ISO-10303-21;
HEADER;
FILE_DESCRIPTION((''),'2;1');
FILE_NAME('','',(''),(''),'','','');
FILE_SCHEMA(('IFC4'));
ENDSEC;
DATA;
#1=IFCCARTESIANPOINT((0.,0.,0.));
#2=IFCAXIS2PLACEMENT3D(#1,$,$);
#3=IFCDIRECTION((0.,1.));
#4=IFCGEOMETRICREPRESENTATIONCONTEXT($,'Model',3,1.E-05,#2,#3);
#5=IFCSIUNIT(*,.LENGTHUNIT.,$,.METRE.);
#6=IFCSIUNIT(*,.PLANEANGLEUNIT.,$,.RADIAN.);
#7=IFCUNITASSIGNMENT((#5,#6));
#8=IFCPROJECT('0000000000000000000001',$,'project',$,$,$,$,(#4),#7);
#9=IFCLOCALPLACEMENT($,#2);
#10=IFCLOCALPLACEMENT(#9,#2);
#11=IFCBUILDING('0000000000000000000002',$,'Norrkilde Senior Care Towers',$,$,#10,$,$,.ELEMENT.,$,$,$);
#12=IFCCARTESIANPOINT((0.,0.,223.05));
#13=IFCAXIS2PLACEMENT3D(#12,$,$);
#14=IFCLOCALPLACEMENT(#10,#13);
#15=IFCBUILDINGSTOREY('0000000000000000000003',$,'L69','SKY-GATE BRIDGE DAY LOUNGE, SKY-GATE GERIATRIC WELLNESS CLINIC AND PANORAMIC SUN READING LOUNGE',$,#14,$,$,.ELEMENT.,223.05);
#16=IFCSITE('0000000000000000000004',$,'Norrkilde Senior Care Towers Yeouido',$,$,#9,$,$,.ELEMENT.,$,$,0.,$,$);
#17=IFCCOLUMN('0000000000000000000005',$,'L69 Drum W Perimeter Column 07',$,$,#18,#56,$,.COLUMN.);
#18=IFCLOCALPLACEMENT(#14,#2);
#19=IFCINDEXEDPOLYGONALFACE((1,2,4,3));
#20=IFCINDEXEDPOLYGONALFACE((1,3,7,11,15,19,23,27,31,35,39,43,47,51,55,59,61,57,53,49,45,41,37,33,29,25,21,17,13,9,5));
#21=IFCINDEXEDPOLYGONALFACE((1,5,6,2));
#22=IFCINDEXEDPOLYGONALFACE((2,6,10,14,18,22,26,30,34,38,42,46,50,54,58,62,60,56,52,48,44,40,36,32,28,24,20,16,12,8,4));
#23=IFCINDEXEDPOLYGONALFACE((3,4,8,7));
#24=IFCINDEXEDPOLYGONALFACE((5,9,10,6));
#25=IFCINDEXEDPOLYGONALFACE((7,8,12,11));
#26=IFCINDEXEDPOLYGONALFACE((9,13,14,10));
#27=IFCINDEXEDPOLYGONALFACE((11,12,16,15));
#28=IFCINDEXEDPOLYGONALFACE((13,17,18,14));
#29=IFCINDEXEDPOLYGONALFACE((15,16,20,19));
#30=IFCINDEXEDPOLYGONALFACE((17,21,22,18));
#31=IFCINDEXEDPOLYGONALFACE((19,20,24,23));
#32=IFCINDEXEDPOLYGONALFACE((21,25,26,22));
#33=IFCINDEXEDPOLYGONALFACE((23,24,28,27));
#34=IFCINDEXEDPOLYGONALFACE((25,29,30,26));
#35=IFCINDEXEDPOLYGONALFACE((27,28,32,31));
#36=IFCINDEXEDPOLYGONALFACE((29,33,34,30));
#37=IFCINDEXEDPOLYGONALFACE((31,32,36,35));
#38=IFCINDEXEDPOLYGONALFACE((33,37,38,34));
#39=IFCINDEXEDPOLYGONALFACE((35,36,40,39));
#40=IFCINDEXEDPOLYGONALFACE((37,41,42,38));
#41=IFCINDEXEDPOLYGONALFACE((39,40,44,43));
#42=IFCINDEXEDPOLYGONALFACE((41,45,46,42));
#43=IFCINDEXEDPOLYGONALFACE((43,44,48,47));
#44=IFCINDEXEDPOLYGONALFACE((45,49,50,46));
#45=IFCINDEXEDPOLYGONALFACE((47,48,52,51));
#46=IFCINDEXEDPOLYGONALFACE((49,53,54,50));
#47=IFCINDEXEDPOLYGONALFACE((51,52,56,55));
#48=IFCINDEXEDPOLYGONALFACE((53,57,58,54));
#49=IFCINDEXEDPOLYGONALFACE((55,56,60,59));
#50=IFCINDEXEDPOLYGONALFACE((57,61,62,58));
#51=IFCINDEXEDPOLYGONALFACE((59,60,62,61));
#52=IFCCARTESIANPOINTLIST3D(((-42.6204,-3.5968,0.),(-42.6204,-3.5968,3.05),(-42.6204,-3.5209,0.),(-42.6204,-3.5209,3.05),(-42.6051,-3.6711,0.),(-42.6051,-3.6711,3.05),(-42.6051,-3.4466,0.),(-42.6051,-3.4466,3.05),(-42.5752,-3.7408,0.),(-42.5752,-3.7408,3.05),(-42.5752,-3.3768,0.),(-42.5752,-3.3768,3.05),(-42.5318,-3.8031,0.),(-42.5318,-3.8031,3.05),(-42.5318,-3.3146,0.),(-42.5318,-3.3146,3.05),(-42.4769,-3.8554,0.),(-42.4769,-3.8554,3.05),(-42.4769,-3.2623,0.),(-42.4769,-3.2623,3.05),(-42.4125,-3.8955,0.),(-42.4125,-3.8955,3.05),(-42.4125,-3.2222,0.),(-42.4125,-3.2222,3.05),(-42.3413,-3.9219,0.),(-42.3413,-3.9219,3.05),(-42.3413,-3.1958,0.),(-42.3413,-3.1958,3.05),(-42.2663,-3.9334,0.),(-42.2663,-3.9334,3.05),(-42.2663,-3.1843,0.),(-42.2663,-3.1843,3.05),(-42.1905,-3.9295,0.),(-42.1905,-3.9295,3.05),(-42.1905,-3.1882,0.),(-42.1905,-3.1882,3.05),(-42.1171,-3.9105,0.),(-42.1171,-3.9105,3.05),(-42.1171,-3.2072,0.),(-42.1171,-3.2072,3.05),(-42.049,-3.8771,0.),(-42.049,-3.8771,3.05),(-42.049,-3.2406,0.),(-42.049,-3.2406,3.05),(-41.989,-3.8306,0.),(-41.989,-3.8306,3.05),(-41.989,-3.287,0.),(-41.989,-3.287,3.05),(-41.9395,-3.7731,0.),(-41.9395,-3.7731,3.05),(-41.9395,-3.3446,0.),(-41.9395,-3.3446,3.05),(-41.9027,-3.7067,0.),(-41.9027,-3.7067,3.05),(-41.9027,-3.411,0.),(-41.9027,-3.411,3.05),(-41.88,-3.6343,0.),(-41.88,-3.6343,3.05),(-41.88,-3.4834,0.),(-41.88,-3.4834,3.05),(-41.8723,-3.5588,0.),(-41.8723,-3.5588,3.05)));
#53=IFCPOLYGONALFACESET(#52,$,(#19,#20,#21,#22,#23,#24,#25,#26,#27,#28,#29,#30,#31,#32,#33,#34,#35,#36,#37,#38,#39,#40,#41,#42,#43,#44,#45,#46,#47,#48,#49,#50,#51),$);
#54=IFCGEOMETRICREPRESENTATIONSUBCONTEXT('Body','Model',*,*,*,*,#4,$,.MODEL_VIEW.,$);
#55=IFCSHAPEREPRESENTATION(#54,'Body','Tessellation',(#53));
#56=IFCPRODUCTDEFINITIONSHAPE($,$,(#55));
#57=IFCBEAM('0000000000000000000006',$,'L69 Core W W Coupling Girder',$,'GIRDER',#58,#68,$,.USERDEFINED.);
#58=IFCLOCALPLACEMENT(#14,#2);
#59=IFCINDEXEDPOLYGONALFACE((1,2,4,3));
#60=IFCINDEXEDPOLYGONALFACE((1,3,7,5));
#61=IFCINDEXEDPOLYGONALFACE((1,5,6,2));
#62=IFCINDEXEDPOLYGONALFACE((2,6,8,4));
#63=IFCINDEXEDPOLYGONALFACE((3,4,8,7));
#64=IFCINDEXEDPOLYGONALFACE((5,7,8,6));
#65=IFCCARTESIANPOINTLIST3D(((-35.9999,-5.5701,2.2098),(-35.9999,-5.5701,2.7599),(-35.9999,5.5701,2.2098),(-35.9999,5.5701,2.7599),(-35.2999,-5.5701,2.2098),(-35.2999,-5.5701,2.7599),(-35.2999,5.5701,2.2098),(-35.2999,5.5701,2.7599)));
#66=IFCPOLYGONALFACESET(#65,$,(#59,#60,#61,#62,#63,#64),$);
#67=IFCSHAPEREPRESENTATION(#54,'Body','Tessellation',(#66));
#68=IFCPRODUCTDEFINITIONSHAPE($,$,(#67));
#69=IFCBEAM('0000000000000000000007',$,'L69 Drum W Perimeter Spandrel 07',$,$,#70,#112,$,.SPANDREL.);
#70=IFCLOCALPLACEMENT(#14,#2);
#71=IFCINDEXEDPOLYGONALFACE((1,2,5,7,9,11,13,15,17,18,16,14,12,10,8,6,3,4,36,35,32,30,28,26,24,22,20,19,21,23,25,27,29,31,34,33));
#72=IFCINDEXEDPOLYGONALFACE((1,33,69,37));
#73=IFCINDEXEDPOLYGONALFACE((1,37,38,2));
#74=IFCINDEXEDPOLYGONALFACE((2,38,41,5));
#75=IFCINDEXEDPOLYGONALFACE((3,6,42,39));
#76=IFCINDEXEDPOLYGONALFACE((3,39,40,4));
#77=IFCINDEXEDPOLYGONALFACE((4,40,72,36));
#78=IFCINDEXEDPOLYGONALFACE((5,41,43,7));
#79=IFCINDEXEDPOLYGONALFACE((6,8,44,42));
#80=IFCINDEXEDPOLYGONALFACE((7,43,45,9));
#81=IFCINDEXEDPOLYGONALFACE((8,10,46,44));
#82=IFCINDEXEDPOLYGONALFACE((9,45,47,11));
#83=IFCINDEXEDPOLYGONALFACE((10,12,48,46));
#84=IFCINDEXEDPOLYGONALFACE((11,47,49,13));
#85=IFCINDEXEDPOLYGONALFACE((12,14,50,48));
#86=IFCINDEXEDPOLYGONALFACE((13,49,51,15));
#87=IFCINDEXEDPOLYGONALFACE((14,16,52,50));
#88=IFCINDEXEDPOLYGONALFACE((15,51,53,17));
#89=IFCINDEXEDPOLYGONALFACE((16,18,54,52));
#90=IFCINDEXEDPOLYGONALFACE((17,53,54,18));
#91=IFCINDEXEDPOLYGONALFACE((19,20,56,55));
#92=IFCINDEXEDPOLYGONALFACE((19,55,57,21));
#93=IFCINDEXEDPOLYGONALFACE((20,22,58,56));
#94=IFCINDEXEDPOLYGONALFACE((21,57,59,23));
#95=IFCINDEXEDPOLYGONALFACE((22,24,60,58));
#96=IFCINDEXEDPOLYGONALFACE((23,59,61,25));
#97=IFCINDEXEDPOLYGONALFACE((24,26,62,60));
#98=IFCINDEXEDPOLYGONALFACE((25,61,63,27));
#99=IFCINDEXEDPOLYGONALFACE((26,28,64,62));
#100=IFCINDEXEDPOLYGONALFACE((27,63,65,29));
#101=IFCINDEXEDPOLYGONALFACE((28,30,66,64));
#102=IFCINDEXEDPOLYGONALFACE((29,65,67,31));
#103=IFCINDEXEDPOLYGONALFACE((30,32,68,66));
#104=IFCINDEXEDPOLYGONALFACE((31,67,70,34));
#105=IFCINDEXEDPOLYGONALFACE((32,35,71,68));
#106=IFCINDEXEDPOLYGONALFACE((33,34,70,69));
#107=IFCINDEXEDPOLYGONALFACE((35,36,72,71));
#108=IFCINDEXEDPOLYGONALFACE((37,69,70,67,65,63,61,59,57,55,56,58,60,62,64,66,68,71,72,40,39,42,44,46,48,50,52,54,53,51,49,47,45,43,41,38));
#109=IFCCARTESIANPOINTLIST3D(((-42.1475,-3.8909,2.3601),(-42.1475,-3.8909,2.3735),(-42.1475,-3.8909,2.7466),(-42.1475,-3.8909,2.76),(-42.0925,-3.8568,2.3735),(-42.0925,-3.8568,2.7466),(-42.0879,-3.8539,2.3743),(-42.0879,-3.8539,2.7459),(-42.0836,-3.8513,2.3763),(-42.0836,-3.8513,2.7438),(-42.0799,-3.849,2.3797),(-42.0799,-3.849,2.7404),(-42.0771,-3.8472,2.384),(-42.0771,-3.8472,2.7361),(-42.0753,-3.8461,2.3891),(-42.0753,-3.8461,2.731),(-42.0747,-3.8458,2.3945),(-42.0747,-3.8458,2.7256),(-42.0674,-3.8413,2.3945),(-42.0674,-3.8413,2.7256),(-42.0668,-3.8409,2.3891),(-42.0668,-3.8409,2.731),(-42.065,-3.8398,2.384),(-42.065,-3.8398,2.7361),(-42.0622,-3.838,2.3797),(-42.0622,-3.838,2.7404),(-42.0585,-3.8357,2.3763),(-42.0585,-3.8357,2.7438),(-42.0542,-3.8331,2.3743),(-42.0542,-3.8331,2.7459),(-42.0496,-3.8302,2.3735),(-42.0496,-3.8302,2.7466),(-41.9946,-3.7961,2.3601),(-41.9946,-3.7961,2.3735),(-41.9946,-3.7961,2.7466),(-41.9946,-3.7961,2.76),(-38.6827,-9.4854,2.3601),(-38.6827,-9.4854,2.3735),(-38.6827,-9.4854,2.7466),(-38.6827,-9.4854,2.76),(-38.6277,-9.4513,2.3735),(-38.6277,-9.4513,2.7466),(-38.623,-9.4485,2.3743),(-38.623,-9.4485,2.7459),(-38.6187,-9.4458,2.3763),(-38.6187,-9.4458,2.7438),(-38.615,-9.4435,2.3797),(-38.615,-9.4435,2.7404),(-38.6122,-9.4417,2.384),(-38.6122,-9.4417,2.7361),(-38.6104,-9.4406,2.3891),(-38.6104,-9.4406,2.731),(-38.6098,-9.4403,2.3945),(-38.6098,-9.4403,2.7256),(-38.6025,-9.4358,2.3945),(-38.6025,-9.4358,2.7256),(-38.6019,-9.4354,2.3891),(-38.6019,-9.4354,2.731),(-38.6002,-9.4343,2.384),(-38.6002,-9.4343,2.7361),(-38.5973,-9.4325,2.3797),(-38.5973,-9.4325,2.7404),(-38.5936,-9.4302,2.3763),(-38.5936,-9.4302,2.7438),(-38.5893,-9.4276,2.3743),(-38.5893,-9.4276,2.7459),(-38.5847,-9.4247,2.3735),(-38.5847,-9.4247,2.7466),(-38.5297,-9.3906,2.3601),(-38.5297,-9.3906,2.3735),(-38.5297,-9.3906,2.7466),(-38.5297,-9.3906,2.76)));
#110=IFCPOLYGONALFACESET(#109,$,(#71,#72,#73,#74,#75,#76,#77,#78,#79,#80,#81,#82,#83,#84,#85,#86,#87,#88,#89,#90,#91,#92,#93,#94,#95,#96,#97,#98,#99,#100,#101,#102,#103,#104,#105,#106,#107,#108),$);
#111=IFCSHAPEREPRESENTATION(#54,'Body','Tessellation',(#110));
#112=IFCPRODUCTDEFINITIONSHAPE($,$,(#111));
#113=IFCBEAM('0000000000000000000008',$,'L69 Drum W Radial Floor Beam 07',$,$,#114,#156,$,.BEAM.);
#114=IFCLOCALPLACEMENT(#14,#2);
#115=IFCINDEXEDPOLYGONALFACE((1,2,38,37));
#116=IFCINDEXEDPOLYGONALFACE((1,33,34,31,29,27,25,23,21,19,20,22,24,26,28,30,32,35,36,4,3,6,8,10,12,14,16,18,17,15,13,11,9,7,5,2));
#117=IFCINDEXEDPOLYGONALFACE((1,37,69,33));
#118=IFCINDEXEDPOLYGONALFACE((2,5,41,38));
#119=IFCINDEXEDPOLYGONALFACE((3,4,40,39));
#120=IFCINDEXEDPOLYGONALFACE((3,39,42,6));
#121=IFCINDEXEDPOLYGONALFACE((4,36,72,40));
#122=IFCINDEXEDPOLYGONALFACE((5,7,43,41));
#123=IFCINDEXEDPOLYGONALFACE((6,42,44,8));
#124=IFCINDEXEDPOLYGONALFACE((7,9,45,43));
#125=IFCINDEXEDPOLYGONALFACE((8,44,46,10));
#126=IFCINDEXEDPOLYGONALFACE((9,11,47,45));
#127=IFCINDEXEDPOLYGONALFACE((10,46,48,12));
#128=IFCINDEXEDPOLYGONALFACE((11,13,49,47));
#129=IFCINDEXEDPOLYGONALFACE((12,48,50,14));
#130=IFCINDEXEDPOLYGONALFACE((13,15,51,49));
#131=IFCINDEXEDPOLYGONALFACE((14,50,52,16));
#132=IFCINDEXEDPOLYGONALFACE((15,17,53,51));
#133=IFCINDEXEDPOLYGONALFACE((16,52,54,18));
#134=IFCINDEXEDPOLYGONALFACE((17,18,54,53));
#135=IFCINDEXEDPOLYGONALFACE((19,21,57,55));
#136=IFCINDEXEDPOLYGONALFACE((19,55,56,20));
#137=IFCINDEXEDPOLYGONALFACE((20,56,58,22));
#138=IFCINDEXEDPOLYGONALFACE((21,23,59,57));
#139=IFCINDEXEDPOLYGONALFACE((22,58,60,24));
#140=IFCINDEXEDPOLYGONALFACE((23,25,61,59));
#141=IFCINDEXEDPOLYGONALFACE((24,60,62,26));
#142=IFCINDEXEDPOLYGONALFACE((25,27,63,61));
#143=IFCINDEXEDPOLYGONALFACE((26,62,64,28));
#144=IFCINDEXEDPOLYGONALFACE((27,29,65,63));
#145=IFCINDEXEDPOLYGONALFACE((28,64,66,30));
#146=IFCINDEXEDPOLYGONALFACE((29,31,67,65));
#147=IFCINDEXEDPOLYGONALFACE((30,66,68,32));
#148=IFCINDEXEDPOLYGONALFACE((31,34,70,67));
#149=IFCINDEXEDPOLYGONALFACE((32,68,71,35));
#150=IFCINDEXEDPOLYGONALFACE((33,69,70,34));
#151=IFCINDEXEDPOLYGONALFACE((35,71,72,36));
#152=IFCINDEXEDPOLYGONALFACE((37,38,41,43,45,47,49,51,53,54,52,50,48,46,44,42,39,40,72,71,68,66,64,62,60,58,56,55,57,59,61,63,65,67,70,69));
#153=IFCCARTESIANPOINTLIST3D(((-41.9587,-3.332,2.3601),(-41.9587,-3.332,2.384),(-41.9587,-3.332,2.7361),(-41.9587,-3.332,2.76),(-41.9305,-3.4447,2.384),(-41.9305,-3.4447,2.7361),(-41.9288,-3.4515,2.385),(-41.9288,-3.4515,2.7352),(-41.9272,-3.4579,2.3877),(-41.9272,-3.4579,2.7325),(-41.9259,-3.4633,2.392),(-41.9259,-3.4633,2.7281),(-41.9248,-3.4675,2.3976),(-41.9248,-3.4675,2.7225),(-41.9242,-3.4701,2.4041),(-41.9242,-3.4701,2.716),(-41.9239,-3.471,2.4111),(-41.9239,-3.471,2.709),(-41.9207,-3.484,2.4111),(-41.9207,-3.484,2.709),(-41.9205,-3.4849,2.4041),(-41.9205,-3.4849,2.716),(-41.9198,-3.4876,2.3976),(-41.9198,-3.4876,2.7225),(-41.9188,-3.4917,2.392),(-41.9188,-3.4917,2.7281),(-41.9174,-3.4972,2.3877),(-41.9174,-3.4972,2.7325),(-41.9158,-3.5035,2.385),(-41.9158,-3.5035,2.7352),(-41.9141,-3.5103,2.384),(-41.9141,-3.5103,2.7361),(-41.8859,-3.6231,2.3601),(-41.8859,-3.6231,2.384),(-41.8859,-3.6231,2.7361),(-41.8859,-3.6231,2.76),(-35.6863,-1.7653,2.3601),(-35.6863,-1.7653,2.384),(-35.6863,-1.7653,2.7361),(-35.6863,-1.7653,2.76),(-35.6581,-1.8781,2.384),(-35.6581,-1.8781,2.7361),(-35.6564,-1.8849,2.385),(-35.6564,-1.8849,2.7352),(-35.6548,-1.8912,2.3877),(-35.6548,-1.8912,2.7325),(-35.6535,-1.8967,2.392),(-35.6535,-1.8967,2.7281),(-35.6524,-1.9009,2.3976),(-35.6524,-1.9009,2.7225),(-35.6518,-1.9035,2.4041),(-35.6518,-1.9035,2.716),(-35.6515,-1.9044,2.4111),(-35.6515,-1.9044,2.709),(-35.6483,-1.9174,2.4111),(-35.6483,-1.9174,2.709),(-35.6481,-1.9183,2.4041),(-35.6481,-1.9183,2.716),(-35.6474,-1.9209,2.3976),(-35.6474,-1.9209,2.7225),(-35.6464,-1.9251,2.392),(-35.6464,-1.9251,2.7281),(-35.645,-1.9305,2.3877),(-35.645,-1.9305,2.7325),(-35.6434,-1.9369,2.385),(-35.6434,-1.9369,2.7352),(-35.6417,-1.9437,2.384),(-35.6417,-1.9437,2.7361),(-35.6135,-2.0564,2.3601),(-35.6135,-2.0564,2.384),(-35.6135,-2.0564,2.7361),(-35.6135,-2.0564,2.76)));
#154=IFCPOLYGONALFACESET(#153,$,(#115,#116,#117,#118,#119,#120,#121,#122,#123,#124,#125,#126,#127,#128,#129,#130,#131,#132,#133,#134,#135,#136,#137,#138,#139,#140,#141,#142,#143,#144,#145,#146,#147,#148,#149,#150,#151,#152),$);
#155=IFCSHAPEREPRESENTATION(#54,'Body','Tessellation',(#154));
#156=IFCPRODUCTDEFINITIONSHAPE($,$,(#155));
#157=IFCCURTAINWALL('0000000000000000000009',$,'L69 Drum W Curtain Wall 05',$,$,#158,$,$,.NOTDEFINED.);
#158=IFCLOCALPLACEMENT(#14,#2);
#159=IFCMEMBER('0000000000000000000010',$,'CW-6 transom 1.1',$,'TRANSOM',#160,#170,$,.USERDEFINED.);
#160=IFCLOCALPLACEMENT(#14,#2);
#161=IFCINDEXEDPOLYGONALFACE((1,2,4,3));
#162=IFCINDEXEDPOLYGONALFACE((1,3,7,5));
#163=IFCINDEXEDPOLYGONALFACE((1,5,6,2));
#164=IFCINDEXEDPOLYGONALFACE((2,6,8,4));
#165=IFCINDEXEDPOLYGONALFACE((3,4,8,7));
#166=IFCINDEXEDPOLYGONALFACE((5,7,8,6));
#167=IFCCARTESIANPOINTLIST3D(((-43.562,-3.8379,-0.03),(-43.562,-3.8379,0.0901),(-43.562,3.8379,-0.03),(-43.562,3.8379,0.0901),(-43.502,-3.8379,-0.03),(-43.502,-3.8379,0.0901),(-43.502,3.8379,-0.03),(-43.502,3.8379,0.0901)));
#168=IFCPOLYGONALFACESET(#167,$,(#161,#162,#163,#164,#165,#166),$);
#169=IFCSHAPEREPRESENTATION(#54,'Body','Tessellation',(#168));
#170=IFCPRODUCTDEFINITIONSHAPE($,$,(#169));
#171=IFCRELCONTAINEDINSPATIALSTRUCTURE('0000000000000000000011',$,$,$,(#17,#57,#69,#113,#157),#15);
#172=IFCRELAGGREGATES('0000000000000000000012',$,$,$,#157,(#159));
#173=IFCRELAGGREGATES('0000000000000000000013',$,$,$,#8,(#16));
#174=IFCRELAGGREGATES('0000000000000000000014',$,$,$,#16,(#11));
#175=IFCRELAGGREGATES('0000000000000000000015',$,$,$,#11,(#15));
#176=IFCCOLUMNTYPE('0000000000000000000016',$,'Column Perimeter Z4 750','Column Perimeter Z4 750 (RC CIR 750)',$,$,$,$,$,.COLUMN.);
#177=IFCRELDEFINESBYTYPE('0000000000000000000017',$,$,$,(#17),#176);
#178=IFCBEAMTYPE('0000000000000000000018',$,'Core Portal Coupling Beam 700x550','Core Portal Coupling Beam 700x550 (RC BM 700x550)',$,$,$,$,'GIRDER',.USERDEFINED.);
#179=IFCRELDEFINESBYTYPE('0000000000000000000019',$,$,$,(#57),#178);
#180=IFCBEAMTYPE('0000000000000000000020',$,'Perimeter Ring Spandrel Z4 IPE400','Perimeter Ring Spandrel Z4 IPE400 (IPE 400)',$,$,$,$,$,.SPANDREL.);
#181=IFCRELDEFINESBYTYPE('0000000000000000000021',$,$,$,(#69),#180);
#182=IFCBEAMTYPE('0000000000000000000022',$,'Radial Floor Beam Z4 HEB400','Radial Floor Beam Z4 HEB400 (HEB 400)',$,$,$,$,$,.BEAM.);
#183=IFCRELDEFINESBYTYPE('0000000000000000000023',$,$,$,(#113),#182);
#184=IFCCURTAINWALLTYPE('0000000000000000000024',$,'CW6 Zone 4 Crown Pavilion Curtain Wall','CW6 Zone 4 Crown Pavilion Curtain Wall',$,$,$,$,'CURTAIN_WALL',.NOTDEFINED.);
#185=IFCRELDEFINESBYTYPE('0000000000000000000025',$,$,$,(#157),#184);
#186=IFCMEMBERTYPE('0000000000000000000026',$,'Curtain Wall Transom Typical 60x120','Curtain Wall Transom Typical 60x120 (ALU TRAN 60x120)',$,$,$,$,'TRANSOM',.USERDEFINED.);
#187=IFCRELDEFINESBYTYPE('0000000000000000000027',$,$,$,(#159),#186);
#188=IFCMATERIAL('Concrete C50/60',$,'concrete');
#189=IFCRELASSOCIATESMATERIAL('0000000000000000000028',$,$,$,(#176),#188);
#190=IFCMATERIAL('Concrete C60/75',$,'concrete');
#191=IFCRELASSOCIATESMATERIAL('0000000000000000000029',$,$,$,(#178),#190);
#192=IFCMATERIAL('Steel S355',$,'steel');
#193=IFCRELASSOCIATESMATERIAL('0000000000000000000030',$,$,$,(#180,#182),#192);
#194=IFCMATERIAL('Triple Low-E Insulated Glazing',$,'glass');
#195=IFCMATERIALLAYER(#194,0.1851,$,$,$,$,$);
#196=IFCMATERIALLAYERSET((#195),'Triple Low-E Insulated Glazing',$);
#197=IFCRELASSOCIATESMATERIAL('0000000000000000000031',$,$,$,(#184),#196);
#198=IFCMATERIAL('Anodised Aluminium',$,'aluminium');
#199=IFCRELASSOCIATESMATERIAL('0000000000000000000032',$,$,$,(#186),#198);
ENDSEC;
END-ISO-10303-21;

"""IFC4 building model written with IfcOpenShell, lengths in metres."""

from ifc_helpers import new_model, si_unit, direction, frame, origin, origin_2d, place, context, subcontext, project, spatial, rectangle, circle, i_section, extrude, source, transform, mapped, material, layer, layer_set, material_profile, profile_set, type_object, type_shapes, element, aggregate, save


model = new_model("IFC4")

# Units and contexts
model_context = context("Model", 3, precision=1e-05, world=origin(), true_north=direction((0.0, 1.0)))
body_context = subcontext(model_context, "Body", "Model", "MODEL_VIEW")
ifc_project = project(units=[si_unit("LENGTHUNIT", "METRE"), si_unit("PLANEANGLEUNIT", "RADIAN")], contexts=[model_context])

# Site, building, storey
site_placement = place(None, origin())
site = spatial("IfcSite", under=ifc_project, at=site_placement, Name="Norrkilde Senior Care Towers Yeouido", CompositionType="ELEMENT", RefElevation=0.0)
building_placement = place(site_placement, origin())
building = spatial("IfcBuilding", under=site, at=building_placement, Name="Norrkilde Senior Care Towers", CompositionType="ELEMENT")
storey_placement = place(building_placement, frame((0.0, 0.0, 223.05)))
storey = spatial("IfcBuildingStorey", under=building, at=storey_placement, Name="L69", Description="SKY-GATE BRIDGE DAY LOUNGE, SKY-GATE GERIATRIC WELLNESS CLINIC AND PANORAMIC SUN READING LOUNGE", CompositionType="ELEMENT", Elevation=223.05)

# Column
ifc_material_1 = material(Name="Concrete C50/60", Category="concrete")
ifc_material_profile_1 = material_profile(ifc_material_1, circle(Radius=0.375, at=origin_2d()), Name="RC CIR 750")
ifc_profile_set_1 = profile_set([ifc_material_profile_1], Name="Concrete C50/60")
column_type = type_object("IfcColumnType", Name="Column Perimeter Z4 750", Description="Column Perimeter Z4 750 (RC CIR 750)", PredefinedType="COLUMN", material=ifc_profile_set_1)
shared_shape_1 = source(origin(), body_context, "Body", "SweptSolid", [
    extrude(circle(Radius=0.375, at=origin_2d()), origin(), (0.0, 0.0, 1.0), 3.05),
])
type_shapes(column_type, [shared_shape_1])
column_placement = place(storey_placement, frame((-42.2473, -3.5588, 0.0), z_axis=(0.0, 0.0, 1.0), x_axis=(1.0, 0.0, 0.0)))
element("IfcColumn", 1, at=column_placement, inside=storey, type_object=column_type, Name="L69 Drum W Perimeter Column 07", PredefinedType="COLUMN", context=body_context, shape_type="MappedRepresentation", body=[
    mapped(shared_shape_1, transform((0.0, 0.0, 0.0), x_axis=(1.0, 0.0, 0.0), y_axis=(0.0, 1.0, 0.0), z_axis=(0.0, 0.0, 1.0), scale=1.0)),
])

# Beams
ifc_material_2 = material(Name="Concrete C60/75", Category="concrete")
ifc_material_profile_2 = material_profile(ifc_material_2, rectangle(XDim=0.7, YDim=0.55, at=origin_2d()), Name="RC BM 700x550")
ifc_profile_set_2 = profile_set([ifc_material_profile_2], Name="Concrete C60/75")
beam_type_1 = type_object("IfcBeamType", Name="Core Portal Coupling Beam 700x550", Description="Core Portal Coupling Beam 700x550 (RC BM 700x550)", ElementType="GIRDER", PredefinedType="USERDEFINED", material=ifc_profile_set_2)
shared_shape_2 = source(origin(), body_context, "Body", "SweptSolid", [
    extrude(rectangle(XDim=0.7, YDim=0.55, at=origin_2d()), origin(), (0.0, 0.0, 1.0), 11.1401),
])
type_shapes(beam_type_1, [shared_shape_2])
beam_1_placement = place(storey_placement, frame((-35.6499, -5.5701, 2.4849), z_axis=(0.0, 1.0, 0.0), x_axis=(-1.0, 0.0, 0.0)))
element("IfcBeam", 2, at=beam_1_placement, inside=storey, type_object=beam_type_1, Name="L69 Core W W Coupling Girder", ObjectType="GIRDER", PredefinedType="USERDEFINED", context=body_context, shape_type="MappedRepresentation", body=[
    mapped(shared_shape_2, transform((0.0, 0.0, 0.0), x_axis=(1.0, 0.0, 0.0), y_axis=(0.0, 1.0, 0.0), z_axis=(0.0, 0.0, 1.0), scale=1.0)),
])
ifc_material_3 = material(Name="Steel S355", Category="steel")
ifc_material_profile_3 = material_profile(ifc_material_3, i_section(OverallWidth=0.1799, OverallDepth=0.3999, WebThickness=0.0085, FlangeThickness=0.0134, FilletRadius=0.021, at=origin_2d()), Name="IPE 400")
ifc_profile_set_3 = profile_set([ifc_material_profile_3], Name="Steel S355")
beam_type_2 = type_object("IfcBeamType", Name="Perimeter Ring Spandrel Z4 IPE400", Description="Perimeter Ring Spandrel Z4 IPE400 (IPE 400)", PredefinedType="SPANDREL", material=ifc_profile_set_3)
shared_shape_3 = source(origin(), body_context, "Body", "SweptSolid", [
    extrude(i_section(OverallWidth=0.1799, OverallDepth=0.3999, WebThickness=0.0085, FlangeThickness=0.0134, FilletRadius=0.021, at=origin_2d()), origin(), (0.0, 0.0, 1.0), 6.5806),
])
type_shapes(beam_type_2, [shared_shape_3])
beam_2_placement = place(storey_placement, frame((-42.071, -3.8435, 2.5601), z_axis=(0.52653, -0.850157, 0.0), x_axis=(0.850157, 0.52653, 0.0)))
element("IfcBeam", 3, at=beam_2_placement, inside=storey, type_object=beam_type_2, Name="L69 Drum W Perimeter Spandrel 07", PredefinedType="SPANDREL", context=body_context, shape_type="MappedRepresentation", body=[
    mapped(shared_shape_3, transform((0.0, 0.0, 0.0), x_axis=(1.0, 0.0, 0.0), y_axis=(0.0, 1.0, 0.0), z_axis=(0.0, 0.0, 1.0), scale=1.0)),
])
ifc_material_profile_4 = material_profile(ifc_material_3, i_section(OverallWidth=0.3, OverallDepth=0.3999, WebThickness=0.0134, FlangeThickness=0.0239, FilletRadius=0.0271, at=origin_2d()), Name="HEB 400")
ifc_profile_set_4 = profile_set([ifc_material_profile_4], Name="Steel S355")
beam_type_3 = type_object("IfcBeamType", Name="Radial Floor Beam Z4 HEB400", Description="Radial Floor Beam Z4 HEB400 (HEB 400)", PredefinedType="BEAM", material=ifc_profile_set_4)
shared_shape_4 = source(origin(), body_context, "Body", "SweptSolid", [
    extrude(i_section(OverallWidth=0.3, OverallDepth=0.3999, WebThickness=0.0134, FlangeThickness=0.0239, FilletRadius=0.0271, at=origin_2d()), origin(), (0.0, 0.0, 1.0), 6.4651),
])
type_shapes(beam_type_3, [shared_shape_4])
beam_3_placement = place(storey_placement, frame((-35.6499, -1.9109, 2.5601), z_axis=(-0.970196, -0.242322, 0.0), x_axis=(0.242322, -0.970196, 0.0)))
element("IfcBeam", 4, at=beam_3_placement, inside=storey, type_object=beam_type_3, Name="L69 Drum W Radial Floor Beam 07", PredefinedType="BEAM", context=body_context, shape_type="MappedRepresentation", body=[
    mapped(shared_shape_4, transform((0.0, 0.0, 0.0), x_axis=(1.0, 0.0, 0.0), y_axis=(0.0, 1.0, 0.0), z_axis=(0.0, 0.0, 1.0), scale=1.0)),
])

# Curtain wall, member
ifc_material_4 = material(Name="Triple Low-E Insulated Glazing", Category="glass")
ifc_layer_1 = layer(ifc_material_4, 0.1851)
ifc_layer_set_1 = layer_set([ifc_layer_1], Name="Triple Low-E Insulated Glazing")
curtain_wall_type = type_object("IfcCurtainWallType", Name="CW6 Zone 4 Crown Pavilion Curtain Wall", Description="CW6 Zone 4 Crown Pavilion Curtain Wall", ElementType="CURTAIN_WALL", PredefinedType="NOTDEFINED", material=ifc_layer_set_1)
curtain_wall_1_placement = place(storey_placement, origin())
curtain_wall_1 = element("IfcCurtainWall", 5, at=curtain_wall_1_placement, inside=storey, type_object=curtain_wall_type, Name="L69 Drum W Curtain Wall 05", PredefinedType="NOTDEFINED")
ifc_material_5 = material(Name="Anodised Aluminium", Category="aluminium")
ifc_material_profile_5 = material_profile(ifc_material_5, rectangle(XDim=0.0601, YDim=0.1201, at=origin_2d()), Name="ALU TRAN 60x120")
ifc_profile_set_5 = profile_set([ifc_material_profile_5], Name="Anodised Aluminium")
member_type_1 = type_object("IfcMemberType", Name="Curtain Wall Transom Typical 60x120", Description="Curtain Wall Transom Typical 60x120 (ALU TRAN 60x120)", ElementType="TRANSOM", PredefinedType="USERDEFINED", material=ifc_profile_set_5)
shared_shape_5 = source(origin(), body_context, "Body", "SweptSolid", [
    extrude(rectangle(XDim=0.0601, YDim=0.1201, at=origin_2d()), origin(), (0.0, 0.0, 1.0), 7.6758),
])
type_shapes(member_type_1, [shared_shape_5])
member_1_placement = place(storey_placement, frame((-43.532, -3.8379, 0.03), z_axis=(0.0, 1.0, 0.0), x_axis=(-1.0, 0.0, 0.0)))
member_1 = element("IfcMember", 6, at=member_1_placement, type_object=member_type_1, Name="CW-6 transom 1.1", ObjectType="TRANSOM", PredefinedType="USERDEFINED", context=body_context, shape_type="MappedRepresentation", body=[
    mapped(shared_shape_5, transform((0.0, 0.0, 0.0), x_axis=(1.0, 0.0, 0.0), y_axis=(0.0, 1.0, 0.0), z_axis=(0.0, 0.0, 1.0), scale=1.0)),
])
aggregate(curtain_wall_1, [member_1])

save(model, "model.ifc")
